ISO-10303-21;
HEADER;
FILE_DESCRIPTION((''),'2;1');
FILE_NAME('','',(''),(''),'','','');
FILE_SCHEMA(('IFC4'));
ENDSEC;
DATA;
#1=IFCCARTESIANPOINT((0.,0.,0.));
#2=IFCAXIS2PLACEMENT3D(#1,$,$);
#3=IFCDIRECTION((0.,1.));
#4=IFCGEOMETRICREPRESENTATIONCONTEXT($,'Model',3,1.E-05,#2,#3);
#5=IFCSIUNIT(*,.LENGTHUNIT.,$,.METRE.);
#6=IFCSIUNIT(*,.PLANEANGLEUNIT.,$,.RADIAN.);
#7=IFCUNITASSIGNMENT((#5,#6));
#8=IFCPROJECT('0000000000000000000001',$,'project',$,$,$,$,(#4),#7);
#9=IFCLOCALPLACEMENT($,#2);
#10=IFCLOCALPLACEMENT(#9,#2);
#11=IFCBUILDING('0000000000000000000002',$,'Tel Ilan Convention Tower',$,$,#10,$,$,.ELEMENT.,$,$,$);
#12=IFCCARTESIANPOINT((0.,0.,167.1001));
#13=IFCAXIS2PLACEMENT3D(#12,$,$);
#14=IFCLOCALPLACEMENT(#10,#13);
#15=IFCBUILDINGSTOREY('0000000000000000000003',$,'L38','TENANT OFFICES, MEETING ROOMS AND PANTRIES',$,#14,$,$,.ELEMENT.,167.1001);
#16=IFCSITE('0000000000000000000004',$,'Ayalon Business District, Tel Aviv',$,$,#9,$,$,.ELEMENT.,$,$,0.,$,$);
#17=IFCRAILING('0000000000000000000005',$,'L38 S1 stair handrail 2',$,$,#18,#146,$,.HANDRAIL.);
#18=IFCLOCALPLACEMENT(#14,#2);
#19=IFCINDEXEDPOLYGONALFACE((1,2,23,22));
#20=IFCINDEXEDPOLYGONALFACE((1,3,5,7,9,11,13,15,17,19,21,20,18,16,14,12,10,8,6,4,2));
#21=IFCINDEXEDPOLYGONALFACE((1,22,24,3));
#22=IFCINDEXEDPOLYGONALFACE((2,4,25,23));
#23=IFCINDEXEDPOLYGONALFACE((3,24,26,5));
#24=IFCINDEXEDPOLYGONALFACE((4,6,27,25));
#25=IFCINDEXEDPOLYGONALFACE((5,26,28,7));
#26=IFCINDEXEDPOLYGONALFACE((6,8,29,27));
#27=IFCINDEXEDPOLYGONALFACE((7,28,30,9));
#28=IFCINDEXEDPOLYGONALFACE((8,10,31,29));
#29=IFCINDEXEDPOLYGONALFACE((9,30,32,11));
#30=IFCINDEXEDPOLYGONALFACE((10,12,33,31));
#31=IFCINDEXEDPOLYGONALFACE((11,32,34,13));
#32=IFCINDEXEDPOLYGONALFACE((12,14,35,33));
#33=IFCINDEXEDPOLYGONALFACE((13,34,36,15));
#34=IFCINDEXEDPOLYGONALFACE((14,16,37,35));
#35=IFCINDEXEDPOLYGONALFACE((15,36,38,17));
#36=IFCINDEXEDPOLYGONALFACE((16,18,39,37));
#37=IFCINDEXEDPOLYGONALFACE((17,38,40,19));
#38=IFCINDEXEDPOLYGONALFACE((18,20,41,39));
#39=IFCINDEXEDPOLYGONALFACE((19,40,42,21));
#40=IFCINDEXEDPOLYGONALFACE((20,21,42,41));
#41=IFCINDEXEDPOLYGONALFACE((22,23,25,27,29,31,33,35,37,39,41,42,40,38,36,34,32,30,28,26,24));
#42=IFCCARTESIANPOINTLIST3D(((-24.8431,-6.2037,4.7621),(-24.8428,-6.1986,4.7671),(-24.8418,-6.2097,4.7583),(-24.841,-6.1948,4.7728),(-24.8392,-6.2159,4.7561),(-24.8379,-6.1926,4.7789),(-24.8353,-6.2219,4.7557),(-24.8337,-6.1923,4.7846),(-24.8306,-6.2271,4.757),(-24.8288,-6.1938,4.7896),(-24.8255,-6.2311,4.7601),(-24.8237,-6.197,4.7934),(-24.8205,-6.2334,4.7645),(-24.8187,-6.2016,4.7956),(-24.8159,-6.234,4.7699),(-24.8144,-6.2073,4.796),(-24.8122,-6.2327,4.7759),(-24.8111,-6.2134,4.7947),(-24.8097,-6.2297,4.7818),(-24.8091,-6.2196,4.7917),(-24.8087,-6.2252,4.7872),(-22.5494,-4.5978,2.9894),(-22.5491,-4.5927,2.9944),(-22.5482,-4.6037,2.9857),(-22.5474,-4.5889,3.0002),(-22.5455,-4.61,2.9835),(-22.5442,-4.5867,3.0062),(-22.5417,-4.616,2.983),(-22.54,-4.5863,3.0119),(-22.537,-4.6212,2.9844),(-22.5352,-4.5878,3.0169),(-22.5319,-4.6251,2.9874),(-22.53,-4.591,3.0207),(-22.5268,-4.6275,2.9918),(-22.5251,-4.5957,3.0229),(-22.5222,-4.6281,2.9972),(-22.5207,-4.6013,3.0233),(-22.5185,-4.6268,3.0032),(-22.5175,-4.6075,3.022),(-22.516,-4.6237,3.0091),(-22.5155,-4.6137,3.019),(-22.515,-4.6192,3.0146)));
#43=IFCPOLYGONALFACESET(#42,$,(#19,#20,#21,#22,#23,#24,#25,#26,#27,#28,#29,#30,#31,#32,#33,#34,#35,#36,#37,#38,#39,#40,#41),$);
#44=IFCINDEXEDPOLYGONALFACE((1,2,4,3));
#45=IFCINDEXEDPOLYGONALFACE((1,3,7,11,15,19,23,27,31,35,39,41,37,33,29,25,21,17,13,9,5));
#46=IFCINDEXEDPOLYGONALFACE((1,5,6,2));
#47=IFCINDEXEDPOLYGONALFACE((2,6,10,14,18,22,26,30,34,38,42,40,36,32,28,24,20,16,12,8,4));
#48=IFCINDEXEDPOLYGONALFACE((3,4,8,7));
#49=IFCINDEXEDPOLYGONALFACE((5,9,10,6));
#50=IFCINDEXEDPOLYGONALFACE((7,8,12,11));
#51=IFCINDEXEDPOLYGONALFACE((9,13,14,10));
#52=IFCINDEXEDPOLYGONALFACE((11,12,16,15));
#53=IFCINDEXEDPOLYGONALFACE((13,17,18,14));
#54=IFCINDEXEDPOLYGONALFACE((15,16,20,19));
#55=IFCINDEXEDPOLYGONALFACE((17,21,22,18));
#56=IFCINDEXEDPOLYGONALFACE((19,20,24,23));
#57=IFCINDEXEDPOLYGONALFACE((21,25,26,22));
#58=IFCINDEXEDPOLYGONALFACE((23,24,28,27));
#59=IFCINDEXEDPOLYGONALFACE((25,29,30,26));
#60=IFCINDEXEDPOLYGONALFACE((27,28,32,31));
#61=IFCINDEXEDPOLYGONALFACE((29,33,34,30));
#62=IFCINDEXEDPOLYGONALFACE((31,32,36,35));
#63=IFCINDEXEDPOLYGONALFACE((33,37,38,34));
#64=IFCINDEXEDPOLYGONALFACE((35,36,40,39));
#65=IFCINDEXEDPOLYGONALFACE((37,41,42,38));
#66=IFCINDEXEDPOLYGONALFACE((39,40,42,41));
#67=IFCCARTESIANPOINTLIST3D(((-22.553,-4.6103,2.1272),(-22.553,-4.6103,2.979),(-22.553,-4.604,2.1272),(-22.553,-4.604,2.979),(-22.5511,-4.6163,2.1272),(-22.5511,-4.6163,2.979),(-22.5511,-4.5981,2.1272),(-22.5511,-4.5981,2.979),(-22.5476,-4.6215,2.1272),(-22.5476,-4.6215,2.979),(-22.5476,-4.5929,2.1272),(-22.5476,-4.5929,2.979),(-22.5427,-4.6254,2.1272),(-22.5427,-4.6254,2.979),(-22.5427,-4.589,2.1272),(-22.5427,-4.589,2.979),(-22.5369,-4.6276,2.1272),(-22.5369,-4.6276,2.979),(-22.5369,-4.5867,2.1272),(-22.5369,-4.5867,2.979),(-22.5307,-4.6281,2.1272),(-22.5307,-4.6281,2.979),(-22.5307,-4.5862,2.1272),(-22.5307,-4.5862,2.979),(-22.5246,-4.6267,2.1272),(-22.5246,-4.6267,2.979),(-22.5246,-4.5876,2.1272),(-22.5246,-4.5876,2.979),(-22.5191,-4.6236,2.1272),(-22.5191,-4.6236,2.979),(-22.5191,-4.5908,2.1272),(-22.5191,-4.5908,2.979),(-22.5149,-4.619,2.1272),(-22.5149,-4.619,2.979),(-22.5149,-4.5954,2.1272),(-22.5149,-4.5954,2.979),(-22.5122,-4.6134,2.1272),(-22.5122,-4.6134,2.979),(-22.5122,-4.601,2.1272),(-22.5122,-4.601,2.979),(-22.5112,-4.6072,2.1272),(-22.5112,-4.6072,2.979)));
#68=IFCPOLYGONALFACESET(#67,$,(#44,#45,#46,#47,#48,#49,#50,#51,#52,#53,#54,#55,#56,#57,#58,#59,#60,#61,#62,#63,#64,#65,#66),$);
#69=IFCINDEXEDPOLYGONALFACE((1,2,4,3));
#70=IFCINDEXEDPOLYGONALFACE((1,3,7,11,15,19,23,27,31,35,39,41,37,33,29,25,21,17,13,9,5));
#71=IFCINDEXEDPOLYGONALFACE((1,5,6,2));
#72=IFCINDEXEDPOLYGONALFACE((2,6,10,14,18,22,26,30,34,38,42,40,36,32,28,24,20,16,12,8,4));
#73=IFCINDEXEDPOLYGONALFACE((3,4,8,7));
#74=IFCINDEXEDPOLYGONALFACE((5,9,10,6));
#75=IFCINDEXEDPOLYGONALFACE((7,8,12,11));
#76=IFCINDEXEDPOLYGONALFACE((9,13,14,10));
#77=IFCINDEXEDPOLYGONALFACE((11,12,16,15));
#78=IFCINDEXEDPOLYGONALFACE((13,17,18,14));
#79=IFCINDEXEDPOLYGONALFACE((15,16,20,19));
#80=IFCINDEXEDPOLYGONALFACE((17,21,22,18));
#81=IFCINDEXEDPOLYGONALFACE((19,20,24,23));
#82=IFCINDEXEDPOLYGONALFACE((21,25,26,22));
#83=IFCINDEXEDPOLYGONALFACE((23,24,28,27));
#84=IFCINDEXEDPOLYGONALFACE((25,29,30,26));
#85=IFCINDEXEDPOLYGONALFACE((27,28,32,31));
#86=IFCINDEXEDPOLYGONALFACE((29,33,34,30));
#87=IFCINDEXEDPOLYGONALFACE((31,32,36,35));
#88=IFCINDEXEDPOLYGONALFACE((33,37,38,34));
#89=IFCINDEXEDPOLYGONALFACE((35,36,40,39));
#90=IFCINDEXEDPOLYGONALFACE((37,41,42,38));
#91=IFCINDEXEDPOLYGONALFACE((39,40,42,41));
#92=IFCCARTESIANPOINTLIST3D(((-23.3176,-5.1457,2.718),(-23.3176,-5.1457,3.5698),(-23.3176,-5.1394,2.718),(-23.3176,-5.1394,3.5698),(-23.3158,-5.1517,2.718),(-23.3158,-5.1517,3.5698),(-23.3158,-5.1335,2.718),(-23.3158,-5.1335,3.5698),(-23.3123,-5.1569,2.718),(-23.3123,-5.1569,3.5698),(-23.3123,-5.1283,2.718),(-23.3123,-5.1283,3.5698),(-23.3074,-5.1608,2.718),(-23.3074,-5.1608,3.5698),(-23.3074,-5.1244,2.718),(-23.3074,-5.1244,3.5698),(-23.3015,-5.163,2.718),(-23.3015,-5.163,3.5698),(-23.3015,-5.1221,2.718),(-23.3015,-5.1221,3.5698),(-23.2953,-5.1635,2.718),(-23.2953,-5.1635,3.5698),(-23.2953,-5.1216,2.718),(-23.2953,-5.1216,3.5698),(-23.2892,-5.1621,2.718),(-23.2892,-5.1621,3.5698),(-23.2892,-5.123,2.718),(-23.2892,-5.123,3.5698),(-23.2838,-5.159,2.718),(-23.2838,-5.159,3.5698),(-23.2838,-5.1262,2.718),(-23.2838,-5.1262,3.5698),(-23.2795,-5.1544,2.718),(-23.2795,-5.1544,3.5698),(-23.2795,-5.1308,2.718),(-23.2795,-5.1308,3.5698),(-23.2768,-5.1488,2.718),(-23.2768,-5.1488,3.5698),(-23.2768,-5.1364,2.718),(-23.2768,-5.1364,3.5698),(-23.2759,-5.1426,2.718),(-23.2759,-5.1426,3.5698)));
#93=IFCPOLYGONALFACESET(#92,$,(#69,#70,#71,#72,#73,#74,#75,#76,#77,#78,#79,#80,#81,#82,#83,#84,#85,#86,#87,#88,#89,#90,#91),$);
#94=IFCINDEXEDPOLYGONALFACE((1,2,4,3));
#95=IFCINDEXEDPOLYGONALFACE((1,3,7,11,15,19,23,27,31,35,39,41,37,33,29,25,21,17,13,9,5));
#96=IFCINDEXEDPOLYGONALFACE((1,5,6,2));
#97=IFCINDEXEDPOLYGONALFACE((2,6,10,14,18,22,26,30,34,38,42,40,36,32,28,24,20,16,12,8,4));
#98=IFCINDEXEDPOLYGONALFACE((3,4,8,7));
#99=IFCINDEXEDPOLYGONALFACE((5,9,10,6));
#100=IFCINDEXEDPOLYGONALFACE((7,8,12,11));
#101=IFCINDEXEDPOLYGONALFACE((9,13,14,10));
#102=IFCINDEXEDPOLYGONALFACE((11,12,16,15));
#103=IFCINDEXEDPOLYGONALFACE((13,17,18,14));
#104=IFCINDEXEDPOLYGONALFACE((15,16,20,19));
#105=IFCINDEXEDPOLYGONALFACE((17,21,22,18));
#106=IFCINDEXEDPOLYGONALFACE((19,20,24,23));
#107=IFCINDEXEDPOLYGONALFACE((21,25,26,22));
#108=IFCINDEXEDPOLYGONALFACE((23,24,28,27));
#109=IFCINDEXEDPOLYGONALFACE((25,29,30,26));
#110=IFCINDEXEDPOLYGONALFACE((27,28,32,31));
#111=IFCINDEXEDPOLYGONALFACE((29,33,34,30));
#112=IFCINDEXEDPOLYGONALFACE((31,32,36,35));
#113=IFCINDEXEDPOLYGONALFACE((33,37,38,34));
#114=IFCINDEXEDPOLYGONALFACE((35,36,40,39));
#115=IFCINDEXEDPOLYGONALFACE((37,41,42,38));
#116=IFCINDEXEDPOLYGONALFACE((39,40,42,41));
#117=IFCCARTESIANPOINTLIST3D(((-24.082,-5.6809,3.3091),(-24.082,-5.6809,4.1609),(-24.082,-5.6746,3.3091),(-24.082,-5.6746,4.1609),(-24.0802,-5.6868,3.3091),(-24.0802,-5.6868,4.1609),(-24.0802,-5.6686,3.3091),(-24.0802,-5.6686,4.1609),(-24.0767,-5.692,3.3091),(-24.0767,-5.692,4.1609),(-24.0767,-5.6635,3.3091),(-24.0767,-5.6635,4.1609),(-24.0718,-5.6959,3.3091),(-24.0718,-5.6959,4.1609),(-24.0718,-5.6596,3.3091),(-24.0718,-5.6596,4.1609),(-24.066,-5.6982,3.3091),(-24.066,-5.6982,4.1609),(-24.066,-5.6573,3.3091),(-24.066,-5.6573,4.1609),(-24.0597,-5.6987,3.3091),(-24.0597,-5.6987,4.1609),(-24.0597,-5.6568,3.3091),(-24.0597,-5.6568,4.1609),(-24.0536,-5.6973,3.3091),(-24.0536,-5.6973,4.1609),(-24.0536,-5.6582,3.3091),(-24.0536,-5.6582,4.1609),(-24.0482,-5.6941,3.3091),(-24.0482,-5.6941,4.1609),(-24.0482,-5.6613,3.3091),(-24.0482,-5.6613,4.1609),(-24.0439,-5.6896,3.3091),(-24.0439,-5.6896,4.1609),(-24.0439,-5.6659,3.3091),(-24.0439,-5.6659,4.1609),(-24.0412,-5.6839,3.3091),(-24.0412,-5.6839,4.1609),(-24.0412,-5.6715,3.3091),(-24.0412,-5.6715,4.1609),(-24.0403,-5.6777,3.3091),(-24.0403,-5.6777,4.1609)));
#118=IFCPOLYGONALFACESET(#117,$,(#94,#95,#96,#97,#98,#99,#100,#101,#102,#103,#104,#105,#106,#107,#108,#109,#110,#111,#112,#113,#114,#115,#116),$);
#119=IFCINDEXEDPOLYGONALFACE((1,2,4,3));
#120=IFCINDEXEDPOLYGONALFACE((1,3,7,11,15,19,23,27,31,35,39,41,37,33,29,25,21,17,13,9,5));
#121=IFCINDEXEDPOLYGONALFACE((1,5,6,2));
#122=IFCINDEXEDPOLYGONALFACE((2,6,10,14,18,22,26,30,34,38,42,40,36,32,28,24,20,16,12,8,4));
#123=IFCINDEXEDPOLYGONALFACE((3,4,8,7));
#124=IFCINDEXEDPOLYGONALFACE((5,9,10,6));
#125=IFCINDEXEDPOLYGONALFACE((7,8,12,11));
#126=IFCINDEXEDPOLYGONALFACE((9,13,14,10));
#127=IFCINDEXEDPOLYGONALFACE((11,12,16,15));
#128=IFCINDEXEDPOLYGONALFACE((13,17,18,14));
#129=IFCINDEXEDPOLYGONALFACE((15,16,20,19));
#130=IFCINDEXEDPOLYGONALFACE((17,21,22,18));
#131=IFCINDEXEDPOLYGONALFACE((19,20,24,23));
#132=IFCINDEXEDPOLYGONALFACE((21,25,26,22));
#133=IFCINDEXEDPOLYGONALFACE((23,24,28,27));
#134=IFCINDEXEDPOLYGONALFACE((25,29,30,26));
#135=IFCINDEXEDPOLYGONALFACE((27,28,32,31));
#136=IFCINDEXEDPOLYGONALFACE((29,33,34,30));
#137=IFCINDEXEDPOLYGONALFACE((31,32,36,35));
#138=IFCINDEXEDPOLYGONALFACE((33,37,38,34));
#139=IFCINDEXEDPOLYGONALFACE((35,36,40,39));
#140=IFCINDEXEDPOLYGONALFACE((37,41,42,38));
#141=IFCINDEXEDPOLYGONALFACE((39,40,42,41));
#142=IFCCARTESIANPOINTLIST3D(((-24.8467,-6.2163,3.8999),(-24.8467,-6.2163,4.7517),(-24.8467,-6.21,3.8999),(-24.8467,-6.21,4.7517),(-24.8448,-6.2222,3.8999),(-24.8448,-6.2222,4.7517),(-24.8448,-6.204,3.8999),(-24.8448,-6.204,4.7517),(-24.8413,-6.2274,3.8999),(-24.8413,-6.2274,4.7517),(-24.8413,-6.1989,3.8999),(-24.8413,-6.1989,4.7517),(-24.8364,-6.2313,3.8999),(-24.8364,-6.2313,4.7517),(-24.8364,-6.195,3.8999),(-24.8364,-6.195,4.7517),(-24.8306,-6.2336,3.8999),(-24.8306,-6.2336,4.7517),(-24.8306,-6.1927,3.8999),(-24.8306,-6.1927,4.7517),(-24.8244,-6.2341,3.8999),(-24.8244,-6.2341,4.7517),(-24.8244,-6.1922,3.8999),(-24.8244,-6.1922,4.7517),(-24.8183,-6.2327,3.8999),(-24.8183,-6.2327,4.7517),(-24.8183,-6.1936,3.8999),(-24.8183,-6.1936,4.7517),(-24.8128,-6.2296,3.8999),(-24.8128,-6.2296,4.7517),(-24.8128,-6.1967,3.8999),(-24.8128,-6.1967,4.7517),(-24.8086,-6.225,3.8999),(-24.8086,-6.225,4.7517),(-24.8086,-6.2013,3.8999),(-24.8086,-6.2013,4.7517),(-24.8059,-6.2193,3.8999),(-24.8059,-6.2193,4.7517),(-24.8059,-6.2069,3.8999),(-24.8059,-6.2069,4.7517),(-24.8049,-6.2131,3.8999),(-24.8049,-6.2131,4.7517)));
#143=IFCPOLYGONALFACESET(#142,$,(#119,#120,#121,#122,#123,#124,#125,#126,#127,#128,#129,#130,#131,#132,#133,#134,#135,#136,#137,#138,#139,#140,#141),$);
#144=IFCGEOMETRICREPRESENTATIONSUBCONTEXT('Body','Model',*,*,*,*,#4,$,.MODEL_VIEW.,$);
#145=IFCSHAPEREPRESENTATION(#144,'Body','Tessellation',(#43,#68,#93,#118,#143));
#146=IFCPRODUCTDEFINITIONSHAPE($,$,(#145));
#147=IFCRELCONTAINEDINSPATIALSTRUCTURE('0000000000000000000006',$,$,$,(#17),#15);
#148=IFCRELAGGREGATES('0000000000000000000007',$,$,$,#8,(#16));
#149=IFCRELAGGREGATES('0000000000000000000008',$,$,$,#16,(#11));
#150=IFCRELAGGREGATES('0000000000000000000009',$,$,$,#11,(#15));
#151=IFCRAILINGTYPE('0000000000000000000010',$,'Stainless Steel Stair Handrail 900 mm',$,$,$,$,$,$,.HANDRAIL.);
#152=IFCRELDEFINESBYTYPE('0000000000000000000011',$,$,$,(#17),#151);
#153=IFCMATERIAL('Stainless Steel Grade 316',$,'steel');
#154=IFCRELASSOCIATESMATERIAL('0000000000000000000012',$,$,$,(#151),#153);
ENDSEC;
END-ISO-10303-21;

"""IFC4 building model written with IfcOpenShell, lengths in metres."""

from ifc_helpers import new_model, si_unit, direction, frame, origin, origin_2d, place, context, subcontext, project, spatial, circle, extrude, material, type_object, element, save


model = new_model("IFC4")

# Units and contexts
model_context = context("Model", 3, precision=1e-05, world=origin(), true_north=direction((0.0, 1.0)))
body_context = subcontext(model_context, "Body", "Model", "MODEL_VIEW")
ifc_project = project(units=[si_unit("LENGTHUNIT", "METRE"), si_unit("PLANEANGLEUNIT", "RADIAN")], contexts=[model_context])

# Site, building, storey
site_placement = place(None, origin())
site = spatial("IfcSite", under=ifc_project, at=site_placement, Name="Ayalon Business District, Tel Aviv", CompositionType="ELEMENT", RefElevation=0.0)
building_placement = place(site_placement, origin())
building = spatial("IfcBuilding", under=site, at=building_placement, Name="Tel Ilan Convention Tower", CompositionType="ELEMENT")
storey_placement = place(building_placement, frame((0.0, 0.0, 167.1001)))
storey = spatial("IfcBuildingStorey", under=building, at=storey_placement, Name="L38", Description="TENANT OFFICES, MEETING ROOMS AND PANTRIES", CompositionType="ELEMENT", Elevation=167.1001)

# Railing
ifc_material_1 = material(Name="Stainless Steel Grade 316", Category="steel")
railing_type_1 = type_object("IfcRailingType", Name="Stainless Steel Stair Handrail 900 mm", PredefinedType="HANDRAIL", material=ifc_material_1)
railing_1_placement = place(storey_placement, frame((-22.5322, -4.6072, 2.1272)))
element("IfcRailing", 1, at=railing_1_placement, inside=storey, type_object=railing_type_1, Name="L38 S1 stair handrail 2", PredefinedType="HANDRAIL", context=body_context, shape_type="SweptSolid", body=[
    extrude(circle(Radius=0.0239, at=origin_2d()), frame((0.0, 0.0, 0.876), z_axis=(-0.692123, -0.484597, 0.534913), x_axis=(0.57355, -0.81917, 0.0)), (0.0, 0.0, 1.0), 3.314),
    extrude(circle(Radius=0.021, at=origin_2d()), origin(), (0.0, 0.0, 1.0), 0.8518),
    extrude(circle(Radius=0.021, at=origin_2d()), frame((-0.7646, -0.5354, 0.5908)), (0.0, 0.0, 1.0), 0.8518),
    extrude(circle(Radius=0.021, at=origin_2d()), frame((-1.5291, -1.0706, 1.1819)), (0.0, 0.0, 1.0), 0.8518),
    extrude(circle(Radius=0.021, at=origin_2d()), frame((-2.2937, -1.606, 1.7727)), (0.0, 0.0, 1.0), 0.8518),
])

save(model, "model.ifc")
